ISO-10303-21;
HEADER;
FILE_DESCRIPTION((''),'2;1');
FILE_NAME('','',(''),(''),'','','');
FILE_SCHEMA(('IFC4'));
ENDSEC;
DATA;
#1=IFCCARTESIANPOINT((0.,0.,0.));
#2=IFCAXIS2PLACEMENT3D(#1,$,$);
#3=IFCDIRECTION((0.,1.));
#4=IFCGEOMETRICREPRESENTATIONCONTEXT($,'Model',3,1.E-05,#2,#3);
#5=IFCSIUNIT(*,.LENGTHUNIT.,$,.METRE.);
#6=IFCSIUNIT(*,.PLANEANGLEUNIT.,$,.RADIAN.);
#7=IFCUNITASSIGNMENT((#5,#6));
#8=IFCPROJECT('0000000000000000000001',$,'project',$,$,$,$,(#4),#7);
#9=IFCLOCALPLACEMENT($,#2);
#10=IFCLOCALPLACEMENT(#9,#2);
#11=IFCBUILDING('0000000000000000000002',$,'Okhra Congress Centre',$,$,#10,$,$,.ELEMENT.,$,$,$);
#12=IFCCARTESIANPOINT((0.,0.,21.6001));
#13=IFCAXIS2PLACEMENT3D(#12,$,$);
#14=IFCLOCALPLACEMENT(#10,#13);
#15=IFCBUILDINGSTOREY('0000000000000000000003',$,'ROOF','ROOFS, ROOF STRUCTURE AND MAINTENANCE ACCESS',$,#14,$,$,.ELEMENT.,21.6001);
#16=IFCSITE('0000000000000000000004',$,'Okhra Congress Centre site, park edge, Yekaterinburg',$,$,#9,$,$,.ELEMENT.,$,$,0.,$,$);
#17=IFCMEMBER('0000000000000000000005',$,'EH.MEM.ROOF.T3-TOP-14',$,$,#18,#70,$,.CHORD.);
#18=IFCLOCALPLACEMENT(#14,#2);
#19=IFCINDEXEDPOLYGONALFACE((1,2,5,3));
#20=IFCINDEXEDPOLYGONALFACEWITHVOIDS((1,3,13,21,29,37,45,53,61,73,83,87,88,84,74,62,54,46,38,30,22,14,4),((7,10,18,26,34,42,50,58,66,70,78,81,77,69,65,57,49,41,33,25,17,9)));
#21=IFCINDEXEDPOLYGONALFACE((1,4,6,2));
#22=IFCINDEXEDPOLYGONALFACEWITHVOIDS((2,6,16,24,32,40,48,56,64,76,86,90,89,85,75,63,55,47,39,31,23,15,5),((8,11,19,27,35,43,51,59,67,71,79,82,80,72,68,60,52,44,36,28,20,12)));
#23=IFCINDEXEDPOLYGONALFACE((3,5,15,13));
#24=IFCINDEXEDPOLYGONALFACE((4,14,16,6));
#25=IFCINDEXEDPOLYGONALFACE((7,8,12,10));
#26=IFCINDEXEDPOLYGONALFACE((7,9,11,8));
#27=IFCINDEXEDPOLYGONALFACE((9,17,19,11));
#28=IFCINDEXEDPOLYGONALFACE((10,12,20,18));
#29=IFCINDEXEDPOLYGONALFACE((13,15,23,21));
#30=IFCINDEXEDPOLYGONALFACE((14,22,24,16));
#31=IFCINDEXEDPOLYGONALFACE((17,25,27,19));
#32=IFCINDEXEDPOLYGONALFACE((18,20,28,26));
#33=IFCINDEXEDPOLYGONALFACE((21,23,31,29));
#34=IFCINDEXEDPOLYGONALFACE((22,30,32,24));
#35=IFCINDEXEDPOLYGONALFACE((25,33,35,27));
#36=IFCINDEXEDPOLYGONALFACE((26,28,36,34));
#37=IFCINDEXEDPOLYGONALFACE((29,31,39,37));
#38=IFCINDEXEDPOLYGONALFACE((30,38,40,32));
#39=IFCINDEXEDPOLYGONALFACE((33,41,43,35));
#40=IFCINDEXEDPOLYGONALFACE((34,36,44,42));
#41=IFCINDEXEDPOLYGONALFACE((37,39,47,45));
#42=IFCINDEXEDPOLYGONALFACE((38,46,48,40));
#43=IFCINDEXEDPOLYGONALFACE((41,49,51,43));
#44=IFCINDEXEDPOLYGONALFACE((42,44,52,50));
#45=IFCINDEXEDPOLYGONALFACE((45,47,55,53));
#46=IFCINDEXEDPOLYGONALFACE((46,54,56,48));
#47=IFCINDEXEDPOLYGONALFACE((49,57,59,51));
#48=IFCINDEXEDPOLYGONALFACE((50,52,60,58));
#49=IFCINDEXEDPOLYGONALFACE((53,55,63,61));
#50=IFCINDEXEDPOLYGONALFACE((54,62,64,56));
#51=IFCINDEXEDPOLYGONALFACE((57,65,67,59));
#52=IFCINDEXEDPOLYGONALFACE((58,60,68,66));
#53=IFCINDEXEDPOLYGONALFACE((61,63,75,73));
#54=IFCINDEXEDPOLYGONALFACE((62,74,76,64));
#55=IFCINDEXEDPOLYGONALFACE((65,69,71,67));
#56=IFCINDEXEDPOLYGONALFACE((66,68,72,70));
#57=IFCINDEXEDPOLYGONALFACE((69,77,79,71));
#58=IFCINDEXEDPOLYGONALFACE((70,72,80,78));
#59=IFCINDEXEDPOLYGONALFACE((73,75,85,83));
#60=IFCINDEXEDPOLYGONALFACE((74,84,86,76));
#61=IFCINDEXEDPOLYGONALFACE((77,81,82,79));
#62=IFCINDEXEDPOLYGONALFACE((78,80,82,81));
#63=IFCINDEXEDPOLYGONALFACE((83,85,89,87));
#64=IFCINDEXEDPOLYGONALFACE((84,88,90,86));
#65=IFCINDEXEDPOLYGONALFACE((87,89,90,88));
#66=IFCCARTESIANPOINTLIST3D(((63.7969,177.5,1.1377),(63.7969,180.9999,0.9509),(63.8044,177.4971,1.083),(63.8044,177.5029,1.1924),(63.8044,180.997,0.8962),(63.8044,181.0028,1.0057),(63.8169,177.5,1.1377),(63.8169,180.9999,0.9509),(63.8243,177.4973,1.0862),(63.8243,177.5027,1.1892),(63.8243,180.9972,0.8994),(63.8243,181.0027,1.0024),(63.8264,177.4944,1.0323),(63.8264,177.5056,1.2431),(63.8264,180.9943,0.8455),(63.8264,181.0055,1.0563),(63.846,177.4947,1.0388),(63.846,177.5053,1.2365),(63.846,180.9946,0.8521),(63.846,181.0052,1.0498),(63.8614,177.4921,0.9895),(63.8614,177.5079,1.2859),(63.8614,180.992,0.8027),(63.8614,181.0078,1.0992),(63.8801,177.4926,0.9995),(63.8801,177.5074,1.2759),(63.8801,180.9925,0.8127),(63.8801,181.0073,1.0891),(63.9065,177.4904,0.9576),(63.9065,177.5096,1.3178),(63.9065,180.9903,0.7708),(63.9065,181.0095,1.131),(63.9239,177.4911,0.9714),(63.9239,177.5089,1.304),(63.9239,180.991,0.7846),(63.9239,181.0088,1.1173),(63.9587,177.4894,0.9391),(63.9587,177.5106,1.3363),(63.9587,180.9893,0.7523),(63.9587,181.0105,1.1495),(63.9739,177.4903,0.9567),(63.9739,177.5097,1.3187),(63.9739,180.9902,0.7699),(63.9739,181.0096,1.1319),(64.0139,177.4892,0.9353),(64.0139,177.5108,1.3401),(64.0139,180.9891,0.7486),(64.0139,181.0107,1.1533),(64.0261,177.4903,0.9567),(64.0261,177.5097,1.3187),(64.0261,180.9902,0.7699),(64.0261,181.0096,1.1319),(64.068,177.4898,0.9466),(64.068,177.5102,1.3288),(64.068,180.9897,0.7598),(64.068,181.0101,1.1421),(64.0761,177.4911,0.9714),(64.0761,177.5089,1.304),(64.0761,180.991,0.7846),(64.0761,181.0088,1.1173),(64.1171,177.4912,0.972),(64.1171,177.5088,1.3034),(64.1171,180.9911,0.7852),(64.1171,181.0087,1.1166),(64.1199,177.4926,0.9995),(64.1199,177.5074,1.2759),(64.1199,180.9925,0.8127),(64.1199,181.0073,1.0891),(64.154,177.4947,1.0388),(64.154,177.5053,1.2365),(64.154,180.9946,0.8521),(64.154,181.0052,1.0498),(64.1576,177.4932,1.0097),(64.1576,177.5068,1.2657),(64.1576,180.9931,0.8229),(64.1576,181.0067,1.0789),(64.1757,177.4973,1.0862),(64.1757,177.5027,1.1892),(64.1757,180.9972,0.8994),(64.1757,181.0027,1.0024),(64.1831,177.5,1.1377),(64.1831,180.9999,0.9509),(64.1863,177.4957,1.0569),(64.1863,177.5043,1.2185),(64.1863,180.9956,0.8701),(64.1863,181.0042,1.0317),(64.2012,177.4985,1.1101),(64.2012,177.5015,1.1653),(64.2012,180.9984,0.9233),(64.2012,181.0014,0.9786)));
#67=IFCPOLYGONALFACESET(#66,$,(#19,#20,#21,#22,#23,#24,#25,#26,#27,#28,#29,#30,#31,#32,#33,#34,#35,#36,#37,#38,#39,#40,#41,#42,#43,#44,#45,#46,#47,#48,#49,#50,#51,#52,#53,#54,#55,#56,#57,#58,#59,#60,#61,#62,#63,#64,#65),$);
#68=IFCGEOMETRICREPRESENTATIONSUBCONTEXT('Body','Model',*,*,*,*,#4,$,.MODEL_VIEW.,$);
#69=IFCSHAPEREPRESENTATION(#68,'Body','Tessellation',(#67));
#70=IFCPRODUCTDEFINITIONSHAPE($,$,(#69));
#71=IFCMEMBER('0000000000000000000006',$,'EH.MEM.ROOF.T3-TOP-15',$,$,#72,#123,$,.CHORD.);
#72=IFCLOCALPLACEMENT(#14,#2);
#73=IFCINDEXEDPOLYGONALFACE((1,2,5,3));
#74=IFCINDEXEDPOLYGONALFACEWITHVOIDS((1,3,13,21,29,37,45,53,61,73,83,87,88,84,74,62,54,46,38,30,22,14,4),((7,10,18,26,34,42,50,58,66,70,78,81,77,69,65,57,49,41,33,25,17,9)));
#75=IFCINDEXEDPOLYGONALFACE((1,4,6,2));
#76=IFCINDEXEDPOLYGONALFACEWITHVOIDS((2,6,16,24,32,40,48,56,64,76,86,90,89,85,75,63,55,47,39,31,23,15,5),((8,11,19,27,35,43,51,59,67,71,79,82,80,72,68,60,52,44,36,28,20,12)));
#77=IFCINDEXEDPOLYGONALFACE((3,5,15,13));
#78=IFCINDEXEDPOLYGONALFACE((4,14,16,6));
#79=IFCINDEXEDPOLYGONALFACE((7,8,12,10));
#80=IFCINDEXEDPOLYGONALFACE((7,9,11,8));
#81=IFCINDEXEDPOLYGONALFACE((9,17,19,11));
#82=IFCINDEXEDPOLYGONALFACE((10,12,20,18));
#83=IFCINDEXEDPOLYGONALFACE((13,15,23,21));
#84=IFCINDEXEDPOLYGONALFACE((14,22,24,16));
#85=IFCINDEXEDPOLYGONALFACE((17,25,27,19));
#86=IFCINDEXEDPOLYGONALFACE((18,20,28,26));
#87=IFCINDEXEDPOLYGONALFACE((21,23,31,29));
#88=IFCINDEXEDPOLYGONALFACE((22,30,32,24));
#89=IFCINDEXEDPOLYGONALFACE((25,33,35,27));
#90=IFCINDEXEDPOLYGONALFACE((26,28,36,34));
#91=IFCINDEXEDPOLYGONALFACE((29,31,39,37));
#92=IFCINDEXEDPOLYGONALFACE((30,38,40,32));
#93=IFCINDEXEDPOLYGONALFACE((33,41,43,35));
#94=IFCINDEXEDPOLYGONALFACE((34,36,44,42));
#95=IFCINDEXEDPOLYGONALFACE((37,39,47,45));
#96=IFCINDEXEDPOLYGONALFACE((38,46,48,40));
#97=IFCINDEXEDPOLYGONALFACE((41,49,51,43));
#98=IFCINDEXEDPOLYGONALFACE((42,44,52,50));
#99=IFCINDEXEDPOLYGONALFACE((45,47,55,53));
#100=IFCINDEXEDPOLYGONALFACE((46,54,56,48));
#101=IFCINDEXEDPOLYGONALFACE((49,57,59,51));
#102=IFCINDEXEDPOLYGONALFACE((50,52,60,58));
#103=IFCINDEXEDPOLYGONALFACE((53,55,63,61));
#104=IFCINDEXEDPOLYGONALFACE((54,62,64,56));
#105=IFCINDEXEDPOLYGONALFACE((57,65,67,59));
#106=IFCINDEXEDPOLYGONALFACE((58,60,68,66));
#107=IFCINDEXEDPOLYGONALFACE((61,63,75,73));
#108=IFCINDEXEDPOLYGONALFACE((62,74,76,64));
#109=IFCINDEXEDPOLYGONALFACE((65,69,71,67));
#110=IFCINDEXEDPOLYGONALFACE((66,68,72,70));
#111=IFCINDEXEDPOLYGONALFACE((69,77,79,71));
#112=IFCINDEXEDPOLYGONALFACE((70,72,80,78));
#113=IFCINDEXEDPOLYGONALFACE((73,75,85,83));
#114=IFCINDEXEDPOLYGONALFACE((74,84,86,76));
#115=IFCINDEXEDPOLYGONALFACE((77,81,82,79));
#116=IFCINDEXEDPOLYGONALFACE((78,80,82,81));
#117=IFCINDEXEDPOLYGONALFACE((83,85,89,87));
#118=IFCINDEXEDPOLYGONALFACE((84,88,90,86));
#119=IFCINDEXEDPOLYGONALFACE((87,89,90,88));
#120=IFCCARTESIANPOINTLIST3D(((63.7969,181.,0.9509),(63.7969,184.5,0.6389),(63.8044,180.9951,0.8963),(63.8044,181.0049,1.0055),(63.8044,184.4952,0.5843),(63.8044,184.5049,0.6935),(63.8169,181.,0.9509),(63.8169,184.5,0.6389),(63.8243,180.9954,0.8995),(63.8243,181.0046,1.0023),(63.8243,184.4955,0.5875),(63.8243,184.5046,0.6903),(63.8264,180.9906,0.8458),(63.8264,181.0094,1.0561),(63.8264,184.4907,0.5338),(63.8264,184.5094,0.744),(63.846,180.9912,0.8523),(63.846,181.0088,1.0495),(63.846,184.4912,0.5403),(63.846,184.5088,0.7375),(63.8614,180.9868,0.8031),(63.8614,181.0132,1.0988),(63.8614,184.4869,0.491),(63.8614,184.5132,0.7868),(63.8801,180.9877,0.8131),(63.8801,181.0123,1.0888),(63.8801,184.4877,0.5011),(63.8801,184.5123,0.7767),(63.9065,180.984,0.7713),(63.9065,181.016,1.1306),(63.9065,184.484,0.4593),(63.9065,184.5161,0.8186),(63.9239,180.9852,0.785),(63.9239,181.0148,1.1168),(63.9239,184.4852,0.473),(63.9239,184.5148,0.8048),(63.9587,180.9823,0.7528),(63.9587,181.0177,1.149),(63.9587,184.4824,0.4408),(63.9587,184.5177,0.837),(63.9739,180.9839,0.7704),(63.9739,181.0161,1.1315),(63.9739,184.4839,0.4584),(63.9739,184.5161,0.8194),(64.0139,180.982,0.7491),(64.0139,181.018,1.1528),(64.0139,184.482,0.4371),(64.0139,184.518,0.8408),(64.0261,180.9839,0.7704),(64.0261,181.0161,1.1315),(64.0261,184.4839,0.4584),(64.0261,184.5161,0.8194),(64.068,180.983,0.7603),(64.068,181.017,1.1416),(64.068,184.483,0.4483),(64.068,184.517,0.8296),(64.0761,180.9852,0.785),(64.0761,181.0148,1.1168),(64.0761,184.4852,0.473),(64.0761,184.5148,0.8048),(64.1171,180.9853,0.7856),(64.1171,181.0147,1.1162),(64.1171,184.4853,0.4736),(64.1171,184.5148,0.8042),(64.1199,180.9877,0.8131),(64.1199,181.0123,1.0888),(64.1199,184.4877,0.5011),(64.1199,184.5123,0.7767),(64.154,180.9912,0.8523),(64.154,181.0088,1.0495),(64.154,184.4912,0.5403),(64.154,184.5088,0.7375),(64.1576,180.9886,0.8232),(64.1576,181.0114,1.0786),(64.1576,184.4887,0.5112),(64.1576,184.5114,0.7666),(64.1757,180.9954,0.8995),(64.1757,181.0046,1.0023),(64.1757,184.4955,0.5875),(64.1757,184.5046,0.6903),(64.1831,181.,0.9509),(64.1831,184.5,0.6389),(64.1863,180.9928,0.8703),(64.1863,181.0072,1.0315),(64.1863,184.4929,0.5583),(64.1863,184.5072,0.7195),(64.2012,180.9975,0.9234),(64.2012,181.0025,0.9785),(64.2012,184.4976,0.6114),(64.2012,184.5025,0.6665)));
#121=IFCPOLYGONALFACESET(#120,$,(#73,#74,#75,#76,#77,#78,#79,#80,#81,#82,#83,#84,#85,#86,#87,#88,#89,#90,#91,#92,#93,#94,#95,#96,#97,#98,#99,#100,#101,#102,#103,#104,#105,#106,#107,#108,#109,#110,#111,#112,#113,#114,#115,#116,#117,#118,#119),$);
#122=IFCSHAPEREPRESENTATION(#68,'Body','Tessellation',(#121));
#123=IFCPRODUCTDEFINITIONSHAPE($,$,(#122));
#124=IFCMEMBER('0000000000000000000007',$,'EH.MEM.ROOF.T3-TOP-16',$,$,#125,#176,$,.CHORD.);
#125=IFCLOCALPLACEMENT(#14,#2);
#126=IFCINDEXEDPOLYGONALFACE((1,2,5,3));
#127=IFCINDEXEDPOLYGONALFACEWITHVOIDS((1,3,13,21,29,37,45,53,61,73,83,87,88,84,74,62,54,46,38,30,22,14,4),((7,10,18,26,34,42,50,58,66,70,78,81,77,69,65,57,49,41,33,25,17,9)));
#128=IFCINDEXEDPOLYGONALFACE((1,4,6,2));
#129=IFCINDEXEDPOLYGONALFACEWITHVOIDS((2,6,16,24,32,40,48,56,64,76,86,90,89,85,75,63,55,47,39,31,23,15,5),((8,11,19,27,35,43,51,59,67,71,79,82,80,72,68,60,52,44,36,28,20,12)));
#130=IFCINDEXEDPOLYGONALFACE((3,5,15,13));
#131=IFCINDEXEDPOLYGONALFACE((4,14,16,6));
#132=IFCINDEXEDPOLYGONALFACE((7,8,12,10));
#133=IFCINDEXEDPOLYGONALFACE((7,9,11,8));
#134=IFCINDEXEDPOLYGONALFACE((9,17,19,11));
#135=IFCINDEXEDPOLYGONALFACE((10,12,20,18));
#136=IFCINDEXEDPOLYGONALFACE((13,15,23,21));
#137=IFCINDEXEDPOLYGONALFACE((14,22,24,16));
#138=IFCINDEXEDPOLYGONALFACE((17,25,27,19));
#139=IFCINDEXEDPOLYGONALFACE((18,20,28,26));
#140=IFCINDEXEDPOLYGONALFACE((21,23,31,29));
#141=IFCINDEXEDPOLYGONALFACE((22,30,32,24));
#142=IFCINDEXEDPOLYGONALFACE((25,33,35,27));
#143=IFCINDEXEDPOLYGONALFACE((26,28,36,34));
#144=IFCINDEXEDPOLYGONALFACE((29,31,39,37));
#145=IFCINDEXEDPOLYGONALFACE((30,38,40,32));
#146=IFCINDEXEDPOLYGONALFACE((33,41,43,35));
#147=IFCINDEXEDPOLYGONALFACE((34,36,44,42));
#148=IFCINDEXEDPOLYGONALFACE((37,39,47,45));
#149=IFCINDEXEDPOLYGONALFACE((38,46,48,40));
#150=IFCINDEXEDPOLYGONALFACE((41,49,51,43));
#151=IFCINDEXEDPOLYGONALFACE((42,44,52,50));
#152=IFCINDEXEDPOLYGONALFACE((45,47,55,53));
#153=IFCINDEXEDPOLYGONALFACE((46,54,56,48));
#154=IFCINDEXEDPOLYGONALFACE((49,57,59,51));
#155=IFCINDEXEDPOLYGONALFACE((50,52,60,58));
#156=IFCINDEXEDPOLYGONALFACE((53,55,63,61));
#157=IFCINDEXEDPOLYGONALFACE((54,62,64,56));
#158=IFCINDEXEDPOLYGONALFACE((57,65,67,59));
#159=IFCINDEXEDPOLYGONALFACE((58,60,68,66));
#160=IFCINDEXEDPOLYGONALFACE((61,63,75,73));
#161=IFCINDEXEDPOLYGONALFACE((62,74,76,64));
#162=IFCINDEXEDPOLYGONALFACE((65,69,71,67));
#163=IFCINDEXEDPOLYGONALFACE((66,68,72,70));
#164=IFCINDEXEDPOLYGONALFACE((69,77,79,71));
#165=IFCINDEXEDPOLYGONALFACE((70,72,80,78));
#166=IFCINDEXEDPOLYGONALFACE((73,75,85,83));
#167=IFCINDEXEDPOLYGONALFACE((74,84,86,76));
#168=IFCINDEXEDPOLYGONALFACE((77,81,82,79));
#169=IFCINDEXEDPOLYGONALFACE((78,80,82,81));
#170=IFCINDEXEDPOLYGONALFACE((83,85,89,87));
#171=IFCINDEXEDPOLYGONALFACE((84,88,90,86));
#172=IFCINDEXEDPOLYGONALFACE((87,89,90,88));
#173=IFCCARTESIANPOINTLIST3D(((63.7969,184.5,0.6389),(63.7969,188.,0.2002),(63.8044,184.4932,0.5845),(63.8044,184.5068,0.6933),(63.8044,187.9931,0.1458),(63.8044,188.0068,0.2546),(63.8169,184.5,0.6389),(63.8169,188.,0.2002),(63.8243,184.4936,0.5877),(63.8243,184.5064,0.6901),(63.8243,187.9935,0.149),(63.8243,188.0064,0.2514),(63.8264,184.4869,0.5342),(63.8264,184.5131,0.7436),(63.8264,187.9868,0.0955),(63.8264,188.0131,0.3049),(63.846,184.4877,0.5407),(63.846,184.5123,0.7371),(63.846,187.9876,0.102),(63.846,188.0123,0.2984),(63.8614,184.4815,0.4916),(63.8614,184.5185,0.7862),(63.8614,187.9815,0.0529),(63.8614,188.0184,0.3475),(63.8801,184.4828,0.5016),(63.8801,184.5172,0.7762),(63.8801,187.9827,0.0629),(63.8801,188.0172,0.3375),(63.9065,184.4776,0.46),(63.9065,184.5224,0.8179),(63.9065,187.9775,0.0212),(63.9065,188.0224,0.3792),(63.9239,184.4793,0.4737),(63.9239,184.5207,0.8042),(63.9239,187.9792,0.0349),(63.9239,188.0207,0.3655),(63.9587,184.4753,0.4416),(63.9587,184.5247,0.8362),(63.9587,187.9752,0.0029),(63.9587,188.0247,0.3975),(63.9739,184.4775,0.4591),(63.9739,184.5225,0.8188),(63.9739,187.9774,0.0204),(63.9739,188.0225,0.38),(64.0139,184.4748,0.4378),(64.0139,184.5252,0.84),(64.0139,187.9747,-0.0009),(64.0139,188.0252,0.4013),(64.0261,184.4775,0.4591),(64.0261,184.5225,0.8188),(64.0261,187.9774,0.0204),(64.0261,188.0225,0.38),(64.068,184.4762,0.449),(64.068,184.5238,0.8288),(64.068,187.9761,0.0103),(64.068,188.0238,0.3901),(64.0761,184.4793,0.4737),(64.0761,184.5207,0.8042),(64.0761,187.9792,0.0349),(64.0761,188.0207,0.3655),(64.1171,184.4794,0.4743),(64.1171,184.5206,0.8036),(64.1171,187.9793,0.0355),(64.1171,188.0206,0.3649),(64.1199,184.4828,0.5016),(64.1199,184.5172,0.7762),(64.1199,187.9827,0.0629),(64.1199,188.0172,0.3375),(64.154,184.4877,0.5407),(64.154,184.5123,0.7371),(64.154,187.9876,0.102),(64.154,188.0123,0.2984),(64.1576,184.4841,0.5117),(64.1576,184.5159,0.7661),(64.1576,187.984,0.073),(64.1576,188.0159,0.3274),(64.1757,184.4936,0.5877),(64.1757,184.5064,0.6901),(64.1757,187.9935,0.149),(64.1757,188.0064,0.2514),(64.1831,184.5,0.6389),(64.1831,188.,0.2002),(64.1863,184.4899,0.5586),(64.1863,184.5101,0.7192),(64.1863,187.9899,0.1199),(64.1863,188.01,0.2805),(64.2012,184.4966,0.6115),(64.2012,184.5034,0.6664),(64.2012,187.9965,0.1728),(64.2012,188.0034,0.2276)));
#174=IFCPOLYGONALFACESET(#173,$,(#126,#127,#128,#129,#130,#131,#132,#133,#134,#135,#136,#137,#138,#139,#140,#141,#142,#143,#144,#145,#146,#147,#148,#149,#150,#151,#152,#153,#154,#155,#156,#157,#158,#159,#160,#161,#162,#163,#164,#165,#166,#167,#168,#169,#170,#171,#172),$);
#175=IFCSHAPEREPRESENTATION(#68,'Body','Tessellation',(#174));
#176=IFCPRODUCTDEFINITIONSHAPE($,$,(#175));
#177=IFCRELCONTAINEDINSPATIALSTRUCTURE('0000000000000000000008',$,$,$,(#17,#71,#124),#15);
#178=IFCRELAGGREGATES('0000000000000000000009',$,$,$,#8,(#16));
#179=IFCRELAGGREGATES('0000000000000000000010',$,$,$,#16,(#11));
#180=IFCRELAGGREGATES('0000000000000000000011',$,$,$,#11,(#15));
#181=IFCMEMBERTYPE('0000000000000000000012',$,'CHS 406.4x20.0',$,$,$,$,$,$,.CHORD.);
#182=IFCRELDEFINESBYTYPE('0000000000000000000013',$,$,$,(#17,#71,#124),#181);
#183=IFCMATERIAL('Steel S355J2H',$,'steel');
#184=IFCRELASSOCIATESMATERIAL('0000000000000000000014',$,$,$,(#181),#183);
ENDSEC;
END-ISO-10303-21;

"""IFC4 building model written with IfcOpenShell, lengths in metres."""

from ifc_helpers import new_model, si_unit, direction, frame, origin, origin_2d, place, context, subcontext, project, spatial, hollow_circle, extrude, material, material_profile, profile_set, type_object, element, save


model = new_model("IFC4")

# Units and contexts
model_context = context("Model", 3, precision=1e-05, world=origin(), true_north=direction((0.0, 1.0)))
body_context = subcontext(model_context, "Body", "Model", "MODEL_VIEW")
ifc_project = project(units=[si_unit("LENGTHUNIT", "METRE"), si_unit("PLANEANGLEUNIT", "RADIAN")], contexts=[model_context])

# Site, building, storey
site_placement = place(None, origin())
site = spatial("IfcSite", under=ifc_project, at=site_placement, Name="Okhra Congress Centre site, park edge, Yekaterinburg", CompositionType="ELEMENT", RefElevation=0.0)
building_placement = place(site_placement, origin())
building = spatial("IfcBuilding", under=site, at=building_placement, Name="Okhra Congress Centre", CompositionType="ELEMENT")
storey_placement = place(building_placement, frame((0.0, 0.0, 21.6001)))
storey = spatial("IfcBuildingStorey", under=building, at=storey_placement, Name="ROOF", Description="ROOFS, ROOF STRUCTURE AND MAINTENANCE ACCESS", CompositionType="ELEMENT", Elevation=21.6001)

# Members
ifc_material_1 = material(Name="Steel S355J2H", Category="steel")
ifc_material_profile_1 = material_profile(ifc_material_1, hollow_circle(Radius=0.2031, WallThickness=0.02, at=origin_2d()), Name="CHS 406.4x20.0")
ifc_profile_set_1 = profile_set([ifc_material_profile_1], Name="Steel S355J2H")
member_type_1 = type_object("IfcMemberType", Name="CHS 406.4x20.0", PredefinedType="CHORD", material=ifc_profile_set_1)
member_1_placement = place(storey_placement, frame((64.0, 177.5, 1.1377), z_axis=(0.0, 0.998579, -0.053286), x_axis=(-1.0, 0.0, 0.0)))
element("IfcMember", 1, at=member_1_placement, inside=storey, type_object=member_type_1, Name="EH.MEM.ROOF.T3-TOP-14", PredefinedType="CHORD", context=body_context, shape_type="SweptSolid", body=[
    extrude(hollow_circle(Radius=0.2031, WallThickness=0.02, at=origin_2d()), origin(), (0.0, 0.0, 1.0), 3.5049),
])
member_2_placement = place(storey_placement, frame((64.0, 181.0, 0.9509), z_axis=(0.0, 0.99605, -0.088794), x_axis=(-1.0, 0.0, 0.0)))
element("IfcMember", 2, at=member_2_placement, inside=storey, type_object=member_type_1, Name="EH.MEM.ROOF.T3-TOP-15", PredefinedType="CHORD", context=body_context, shape_type="SweptSolid", body=[
    extrude(hollow_circle(Radius=0.2031, WallThickness=0.02, at=origin_2d()), origin(), (0.0, 0.0, 1.0), 3.5139),
])
member_3_placement = place(storey_placement, frame((64.0, 184.5, 0.6389), z_axis=(0.0, 0.992235, -0.124375), x_axis=(-1.0, 0.0, 0.0)))
element("IfcMember", 3, at=member_3_placement, inside=storey, type_object=member_type_1, Name="EH.MEM.ROOF.T3-TOP-16", PredefinedType="CHORD", context=body_context, shape_type="SweptSolid", body=[
    extrude(hollow_circle(Radius=0.2031, WallThickness=0.02, at=origin_2d()), origin(), (0.0, 0.0, 1.0), 3.5273),
])

save(model, "model.ifc")
